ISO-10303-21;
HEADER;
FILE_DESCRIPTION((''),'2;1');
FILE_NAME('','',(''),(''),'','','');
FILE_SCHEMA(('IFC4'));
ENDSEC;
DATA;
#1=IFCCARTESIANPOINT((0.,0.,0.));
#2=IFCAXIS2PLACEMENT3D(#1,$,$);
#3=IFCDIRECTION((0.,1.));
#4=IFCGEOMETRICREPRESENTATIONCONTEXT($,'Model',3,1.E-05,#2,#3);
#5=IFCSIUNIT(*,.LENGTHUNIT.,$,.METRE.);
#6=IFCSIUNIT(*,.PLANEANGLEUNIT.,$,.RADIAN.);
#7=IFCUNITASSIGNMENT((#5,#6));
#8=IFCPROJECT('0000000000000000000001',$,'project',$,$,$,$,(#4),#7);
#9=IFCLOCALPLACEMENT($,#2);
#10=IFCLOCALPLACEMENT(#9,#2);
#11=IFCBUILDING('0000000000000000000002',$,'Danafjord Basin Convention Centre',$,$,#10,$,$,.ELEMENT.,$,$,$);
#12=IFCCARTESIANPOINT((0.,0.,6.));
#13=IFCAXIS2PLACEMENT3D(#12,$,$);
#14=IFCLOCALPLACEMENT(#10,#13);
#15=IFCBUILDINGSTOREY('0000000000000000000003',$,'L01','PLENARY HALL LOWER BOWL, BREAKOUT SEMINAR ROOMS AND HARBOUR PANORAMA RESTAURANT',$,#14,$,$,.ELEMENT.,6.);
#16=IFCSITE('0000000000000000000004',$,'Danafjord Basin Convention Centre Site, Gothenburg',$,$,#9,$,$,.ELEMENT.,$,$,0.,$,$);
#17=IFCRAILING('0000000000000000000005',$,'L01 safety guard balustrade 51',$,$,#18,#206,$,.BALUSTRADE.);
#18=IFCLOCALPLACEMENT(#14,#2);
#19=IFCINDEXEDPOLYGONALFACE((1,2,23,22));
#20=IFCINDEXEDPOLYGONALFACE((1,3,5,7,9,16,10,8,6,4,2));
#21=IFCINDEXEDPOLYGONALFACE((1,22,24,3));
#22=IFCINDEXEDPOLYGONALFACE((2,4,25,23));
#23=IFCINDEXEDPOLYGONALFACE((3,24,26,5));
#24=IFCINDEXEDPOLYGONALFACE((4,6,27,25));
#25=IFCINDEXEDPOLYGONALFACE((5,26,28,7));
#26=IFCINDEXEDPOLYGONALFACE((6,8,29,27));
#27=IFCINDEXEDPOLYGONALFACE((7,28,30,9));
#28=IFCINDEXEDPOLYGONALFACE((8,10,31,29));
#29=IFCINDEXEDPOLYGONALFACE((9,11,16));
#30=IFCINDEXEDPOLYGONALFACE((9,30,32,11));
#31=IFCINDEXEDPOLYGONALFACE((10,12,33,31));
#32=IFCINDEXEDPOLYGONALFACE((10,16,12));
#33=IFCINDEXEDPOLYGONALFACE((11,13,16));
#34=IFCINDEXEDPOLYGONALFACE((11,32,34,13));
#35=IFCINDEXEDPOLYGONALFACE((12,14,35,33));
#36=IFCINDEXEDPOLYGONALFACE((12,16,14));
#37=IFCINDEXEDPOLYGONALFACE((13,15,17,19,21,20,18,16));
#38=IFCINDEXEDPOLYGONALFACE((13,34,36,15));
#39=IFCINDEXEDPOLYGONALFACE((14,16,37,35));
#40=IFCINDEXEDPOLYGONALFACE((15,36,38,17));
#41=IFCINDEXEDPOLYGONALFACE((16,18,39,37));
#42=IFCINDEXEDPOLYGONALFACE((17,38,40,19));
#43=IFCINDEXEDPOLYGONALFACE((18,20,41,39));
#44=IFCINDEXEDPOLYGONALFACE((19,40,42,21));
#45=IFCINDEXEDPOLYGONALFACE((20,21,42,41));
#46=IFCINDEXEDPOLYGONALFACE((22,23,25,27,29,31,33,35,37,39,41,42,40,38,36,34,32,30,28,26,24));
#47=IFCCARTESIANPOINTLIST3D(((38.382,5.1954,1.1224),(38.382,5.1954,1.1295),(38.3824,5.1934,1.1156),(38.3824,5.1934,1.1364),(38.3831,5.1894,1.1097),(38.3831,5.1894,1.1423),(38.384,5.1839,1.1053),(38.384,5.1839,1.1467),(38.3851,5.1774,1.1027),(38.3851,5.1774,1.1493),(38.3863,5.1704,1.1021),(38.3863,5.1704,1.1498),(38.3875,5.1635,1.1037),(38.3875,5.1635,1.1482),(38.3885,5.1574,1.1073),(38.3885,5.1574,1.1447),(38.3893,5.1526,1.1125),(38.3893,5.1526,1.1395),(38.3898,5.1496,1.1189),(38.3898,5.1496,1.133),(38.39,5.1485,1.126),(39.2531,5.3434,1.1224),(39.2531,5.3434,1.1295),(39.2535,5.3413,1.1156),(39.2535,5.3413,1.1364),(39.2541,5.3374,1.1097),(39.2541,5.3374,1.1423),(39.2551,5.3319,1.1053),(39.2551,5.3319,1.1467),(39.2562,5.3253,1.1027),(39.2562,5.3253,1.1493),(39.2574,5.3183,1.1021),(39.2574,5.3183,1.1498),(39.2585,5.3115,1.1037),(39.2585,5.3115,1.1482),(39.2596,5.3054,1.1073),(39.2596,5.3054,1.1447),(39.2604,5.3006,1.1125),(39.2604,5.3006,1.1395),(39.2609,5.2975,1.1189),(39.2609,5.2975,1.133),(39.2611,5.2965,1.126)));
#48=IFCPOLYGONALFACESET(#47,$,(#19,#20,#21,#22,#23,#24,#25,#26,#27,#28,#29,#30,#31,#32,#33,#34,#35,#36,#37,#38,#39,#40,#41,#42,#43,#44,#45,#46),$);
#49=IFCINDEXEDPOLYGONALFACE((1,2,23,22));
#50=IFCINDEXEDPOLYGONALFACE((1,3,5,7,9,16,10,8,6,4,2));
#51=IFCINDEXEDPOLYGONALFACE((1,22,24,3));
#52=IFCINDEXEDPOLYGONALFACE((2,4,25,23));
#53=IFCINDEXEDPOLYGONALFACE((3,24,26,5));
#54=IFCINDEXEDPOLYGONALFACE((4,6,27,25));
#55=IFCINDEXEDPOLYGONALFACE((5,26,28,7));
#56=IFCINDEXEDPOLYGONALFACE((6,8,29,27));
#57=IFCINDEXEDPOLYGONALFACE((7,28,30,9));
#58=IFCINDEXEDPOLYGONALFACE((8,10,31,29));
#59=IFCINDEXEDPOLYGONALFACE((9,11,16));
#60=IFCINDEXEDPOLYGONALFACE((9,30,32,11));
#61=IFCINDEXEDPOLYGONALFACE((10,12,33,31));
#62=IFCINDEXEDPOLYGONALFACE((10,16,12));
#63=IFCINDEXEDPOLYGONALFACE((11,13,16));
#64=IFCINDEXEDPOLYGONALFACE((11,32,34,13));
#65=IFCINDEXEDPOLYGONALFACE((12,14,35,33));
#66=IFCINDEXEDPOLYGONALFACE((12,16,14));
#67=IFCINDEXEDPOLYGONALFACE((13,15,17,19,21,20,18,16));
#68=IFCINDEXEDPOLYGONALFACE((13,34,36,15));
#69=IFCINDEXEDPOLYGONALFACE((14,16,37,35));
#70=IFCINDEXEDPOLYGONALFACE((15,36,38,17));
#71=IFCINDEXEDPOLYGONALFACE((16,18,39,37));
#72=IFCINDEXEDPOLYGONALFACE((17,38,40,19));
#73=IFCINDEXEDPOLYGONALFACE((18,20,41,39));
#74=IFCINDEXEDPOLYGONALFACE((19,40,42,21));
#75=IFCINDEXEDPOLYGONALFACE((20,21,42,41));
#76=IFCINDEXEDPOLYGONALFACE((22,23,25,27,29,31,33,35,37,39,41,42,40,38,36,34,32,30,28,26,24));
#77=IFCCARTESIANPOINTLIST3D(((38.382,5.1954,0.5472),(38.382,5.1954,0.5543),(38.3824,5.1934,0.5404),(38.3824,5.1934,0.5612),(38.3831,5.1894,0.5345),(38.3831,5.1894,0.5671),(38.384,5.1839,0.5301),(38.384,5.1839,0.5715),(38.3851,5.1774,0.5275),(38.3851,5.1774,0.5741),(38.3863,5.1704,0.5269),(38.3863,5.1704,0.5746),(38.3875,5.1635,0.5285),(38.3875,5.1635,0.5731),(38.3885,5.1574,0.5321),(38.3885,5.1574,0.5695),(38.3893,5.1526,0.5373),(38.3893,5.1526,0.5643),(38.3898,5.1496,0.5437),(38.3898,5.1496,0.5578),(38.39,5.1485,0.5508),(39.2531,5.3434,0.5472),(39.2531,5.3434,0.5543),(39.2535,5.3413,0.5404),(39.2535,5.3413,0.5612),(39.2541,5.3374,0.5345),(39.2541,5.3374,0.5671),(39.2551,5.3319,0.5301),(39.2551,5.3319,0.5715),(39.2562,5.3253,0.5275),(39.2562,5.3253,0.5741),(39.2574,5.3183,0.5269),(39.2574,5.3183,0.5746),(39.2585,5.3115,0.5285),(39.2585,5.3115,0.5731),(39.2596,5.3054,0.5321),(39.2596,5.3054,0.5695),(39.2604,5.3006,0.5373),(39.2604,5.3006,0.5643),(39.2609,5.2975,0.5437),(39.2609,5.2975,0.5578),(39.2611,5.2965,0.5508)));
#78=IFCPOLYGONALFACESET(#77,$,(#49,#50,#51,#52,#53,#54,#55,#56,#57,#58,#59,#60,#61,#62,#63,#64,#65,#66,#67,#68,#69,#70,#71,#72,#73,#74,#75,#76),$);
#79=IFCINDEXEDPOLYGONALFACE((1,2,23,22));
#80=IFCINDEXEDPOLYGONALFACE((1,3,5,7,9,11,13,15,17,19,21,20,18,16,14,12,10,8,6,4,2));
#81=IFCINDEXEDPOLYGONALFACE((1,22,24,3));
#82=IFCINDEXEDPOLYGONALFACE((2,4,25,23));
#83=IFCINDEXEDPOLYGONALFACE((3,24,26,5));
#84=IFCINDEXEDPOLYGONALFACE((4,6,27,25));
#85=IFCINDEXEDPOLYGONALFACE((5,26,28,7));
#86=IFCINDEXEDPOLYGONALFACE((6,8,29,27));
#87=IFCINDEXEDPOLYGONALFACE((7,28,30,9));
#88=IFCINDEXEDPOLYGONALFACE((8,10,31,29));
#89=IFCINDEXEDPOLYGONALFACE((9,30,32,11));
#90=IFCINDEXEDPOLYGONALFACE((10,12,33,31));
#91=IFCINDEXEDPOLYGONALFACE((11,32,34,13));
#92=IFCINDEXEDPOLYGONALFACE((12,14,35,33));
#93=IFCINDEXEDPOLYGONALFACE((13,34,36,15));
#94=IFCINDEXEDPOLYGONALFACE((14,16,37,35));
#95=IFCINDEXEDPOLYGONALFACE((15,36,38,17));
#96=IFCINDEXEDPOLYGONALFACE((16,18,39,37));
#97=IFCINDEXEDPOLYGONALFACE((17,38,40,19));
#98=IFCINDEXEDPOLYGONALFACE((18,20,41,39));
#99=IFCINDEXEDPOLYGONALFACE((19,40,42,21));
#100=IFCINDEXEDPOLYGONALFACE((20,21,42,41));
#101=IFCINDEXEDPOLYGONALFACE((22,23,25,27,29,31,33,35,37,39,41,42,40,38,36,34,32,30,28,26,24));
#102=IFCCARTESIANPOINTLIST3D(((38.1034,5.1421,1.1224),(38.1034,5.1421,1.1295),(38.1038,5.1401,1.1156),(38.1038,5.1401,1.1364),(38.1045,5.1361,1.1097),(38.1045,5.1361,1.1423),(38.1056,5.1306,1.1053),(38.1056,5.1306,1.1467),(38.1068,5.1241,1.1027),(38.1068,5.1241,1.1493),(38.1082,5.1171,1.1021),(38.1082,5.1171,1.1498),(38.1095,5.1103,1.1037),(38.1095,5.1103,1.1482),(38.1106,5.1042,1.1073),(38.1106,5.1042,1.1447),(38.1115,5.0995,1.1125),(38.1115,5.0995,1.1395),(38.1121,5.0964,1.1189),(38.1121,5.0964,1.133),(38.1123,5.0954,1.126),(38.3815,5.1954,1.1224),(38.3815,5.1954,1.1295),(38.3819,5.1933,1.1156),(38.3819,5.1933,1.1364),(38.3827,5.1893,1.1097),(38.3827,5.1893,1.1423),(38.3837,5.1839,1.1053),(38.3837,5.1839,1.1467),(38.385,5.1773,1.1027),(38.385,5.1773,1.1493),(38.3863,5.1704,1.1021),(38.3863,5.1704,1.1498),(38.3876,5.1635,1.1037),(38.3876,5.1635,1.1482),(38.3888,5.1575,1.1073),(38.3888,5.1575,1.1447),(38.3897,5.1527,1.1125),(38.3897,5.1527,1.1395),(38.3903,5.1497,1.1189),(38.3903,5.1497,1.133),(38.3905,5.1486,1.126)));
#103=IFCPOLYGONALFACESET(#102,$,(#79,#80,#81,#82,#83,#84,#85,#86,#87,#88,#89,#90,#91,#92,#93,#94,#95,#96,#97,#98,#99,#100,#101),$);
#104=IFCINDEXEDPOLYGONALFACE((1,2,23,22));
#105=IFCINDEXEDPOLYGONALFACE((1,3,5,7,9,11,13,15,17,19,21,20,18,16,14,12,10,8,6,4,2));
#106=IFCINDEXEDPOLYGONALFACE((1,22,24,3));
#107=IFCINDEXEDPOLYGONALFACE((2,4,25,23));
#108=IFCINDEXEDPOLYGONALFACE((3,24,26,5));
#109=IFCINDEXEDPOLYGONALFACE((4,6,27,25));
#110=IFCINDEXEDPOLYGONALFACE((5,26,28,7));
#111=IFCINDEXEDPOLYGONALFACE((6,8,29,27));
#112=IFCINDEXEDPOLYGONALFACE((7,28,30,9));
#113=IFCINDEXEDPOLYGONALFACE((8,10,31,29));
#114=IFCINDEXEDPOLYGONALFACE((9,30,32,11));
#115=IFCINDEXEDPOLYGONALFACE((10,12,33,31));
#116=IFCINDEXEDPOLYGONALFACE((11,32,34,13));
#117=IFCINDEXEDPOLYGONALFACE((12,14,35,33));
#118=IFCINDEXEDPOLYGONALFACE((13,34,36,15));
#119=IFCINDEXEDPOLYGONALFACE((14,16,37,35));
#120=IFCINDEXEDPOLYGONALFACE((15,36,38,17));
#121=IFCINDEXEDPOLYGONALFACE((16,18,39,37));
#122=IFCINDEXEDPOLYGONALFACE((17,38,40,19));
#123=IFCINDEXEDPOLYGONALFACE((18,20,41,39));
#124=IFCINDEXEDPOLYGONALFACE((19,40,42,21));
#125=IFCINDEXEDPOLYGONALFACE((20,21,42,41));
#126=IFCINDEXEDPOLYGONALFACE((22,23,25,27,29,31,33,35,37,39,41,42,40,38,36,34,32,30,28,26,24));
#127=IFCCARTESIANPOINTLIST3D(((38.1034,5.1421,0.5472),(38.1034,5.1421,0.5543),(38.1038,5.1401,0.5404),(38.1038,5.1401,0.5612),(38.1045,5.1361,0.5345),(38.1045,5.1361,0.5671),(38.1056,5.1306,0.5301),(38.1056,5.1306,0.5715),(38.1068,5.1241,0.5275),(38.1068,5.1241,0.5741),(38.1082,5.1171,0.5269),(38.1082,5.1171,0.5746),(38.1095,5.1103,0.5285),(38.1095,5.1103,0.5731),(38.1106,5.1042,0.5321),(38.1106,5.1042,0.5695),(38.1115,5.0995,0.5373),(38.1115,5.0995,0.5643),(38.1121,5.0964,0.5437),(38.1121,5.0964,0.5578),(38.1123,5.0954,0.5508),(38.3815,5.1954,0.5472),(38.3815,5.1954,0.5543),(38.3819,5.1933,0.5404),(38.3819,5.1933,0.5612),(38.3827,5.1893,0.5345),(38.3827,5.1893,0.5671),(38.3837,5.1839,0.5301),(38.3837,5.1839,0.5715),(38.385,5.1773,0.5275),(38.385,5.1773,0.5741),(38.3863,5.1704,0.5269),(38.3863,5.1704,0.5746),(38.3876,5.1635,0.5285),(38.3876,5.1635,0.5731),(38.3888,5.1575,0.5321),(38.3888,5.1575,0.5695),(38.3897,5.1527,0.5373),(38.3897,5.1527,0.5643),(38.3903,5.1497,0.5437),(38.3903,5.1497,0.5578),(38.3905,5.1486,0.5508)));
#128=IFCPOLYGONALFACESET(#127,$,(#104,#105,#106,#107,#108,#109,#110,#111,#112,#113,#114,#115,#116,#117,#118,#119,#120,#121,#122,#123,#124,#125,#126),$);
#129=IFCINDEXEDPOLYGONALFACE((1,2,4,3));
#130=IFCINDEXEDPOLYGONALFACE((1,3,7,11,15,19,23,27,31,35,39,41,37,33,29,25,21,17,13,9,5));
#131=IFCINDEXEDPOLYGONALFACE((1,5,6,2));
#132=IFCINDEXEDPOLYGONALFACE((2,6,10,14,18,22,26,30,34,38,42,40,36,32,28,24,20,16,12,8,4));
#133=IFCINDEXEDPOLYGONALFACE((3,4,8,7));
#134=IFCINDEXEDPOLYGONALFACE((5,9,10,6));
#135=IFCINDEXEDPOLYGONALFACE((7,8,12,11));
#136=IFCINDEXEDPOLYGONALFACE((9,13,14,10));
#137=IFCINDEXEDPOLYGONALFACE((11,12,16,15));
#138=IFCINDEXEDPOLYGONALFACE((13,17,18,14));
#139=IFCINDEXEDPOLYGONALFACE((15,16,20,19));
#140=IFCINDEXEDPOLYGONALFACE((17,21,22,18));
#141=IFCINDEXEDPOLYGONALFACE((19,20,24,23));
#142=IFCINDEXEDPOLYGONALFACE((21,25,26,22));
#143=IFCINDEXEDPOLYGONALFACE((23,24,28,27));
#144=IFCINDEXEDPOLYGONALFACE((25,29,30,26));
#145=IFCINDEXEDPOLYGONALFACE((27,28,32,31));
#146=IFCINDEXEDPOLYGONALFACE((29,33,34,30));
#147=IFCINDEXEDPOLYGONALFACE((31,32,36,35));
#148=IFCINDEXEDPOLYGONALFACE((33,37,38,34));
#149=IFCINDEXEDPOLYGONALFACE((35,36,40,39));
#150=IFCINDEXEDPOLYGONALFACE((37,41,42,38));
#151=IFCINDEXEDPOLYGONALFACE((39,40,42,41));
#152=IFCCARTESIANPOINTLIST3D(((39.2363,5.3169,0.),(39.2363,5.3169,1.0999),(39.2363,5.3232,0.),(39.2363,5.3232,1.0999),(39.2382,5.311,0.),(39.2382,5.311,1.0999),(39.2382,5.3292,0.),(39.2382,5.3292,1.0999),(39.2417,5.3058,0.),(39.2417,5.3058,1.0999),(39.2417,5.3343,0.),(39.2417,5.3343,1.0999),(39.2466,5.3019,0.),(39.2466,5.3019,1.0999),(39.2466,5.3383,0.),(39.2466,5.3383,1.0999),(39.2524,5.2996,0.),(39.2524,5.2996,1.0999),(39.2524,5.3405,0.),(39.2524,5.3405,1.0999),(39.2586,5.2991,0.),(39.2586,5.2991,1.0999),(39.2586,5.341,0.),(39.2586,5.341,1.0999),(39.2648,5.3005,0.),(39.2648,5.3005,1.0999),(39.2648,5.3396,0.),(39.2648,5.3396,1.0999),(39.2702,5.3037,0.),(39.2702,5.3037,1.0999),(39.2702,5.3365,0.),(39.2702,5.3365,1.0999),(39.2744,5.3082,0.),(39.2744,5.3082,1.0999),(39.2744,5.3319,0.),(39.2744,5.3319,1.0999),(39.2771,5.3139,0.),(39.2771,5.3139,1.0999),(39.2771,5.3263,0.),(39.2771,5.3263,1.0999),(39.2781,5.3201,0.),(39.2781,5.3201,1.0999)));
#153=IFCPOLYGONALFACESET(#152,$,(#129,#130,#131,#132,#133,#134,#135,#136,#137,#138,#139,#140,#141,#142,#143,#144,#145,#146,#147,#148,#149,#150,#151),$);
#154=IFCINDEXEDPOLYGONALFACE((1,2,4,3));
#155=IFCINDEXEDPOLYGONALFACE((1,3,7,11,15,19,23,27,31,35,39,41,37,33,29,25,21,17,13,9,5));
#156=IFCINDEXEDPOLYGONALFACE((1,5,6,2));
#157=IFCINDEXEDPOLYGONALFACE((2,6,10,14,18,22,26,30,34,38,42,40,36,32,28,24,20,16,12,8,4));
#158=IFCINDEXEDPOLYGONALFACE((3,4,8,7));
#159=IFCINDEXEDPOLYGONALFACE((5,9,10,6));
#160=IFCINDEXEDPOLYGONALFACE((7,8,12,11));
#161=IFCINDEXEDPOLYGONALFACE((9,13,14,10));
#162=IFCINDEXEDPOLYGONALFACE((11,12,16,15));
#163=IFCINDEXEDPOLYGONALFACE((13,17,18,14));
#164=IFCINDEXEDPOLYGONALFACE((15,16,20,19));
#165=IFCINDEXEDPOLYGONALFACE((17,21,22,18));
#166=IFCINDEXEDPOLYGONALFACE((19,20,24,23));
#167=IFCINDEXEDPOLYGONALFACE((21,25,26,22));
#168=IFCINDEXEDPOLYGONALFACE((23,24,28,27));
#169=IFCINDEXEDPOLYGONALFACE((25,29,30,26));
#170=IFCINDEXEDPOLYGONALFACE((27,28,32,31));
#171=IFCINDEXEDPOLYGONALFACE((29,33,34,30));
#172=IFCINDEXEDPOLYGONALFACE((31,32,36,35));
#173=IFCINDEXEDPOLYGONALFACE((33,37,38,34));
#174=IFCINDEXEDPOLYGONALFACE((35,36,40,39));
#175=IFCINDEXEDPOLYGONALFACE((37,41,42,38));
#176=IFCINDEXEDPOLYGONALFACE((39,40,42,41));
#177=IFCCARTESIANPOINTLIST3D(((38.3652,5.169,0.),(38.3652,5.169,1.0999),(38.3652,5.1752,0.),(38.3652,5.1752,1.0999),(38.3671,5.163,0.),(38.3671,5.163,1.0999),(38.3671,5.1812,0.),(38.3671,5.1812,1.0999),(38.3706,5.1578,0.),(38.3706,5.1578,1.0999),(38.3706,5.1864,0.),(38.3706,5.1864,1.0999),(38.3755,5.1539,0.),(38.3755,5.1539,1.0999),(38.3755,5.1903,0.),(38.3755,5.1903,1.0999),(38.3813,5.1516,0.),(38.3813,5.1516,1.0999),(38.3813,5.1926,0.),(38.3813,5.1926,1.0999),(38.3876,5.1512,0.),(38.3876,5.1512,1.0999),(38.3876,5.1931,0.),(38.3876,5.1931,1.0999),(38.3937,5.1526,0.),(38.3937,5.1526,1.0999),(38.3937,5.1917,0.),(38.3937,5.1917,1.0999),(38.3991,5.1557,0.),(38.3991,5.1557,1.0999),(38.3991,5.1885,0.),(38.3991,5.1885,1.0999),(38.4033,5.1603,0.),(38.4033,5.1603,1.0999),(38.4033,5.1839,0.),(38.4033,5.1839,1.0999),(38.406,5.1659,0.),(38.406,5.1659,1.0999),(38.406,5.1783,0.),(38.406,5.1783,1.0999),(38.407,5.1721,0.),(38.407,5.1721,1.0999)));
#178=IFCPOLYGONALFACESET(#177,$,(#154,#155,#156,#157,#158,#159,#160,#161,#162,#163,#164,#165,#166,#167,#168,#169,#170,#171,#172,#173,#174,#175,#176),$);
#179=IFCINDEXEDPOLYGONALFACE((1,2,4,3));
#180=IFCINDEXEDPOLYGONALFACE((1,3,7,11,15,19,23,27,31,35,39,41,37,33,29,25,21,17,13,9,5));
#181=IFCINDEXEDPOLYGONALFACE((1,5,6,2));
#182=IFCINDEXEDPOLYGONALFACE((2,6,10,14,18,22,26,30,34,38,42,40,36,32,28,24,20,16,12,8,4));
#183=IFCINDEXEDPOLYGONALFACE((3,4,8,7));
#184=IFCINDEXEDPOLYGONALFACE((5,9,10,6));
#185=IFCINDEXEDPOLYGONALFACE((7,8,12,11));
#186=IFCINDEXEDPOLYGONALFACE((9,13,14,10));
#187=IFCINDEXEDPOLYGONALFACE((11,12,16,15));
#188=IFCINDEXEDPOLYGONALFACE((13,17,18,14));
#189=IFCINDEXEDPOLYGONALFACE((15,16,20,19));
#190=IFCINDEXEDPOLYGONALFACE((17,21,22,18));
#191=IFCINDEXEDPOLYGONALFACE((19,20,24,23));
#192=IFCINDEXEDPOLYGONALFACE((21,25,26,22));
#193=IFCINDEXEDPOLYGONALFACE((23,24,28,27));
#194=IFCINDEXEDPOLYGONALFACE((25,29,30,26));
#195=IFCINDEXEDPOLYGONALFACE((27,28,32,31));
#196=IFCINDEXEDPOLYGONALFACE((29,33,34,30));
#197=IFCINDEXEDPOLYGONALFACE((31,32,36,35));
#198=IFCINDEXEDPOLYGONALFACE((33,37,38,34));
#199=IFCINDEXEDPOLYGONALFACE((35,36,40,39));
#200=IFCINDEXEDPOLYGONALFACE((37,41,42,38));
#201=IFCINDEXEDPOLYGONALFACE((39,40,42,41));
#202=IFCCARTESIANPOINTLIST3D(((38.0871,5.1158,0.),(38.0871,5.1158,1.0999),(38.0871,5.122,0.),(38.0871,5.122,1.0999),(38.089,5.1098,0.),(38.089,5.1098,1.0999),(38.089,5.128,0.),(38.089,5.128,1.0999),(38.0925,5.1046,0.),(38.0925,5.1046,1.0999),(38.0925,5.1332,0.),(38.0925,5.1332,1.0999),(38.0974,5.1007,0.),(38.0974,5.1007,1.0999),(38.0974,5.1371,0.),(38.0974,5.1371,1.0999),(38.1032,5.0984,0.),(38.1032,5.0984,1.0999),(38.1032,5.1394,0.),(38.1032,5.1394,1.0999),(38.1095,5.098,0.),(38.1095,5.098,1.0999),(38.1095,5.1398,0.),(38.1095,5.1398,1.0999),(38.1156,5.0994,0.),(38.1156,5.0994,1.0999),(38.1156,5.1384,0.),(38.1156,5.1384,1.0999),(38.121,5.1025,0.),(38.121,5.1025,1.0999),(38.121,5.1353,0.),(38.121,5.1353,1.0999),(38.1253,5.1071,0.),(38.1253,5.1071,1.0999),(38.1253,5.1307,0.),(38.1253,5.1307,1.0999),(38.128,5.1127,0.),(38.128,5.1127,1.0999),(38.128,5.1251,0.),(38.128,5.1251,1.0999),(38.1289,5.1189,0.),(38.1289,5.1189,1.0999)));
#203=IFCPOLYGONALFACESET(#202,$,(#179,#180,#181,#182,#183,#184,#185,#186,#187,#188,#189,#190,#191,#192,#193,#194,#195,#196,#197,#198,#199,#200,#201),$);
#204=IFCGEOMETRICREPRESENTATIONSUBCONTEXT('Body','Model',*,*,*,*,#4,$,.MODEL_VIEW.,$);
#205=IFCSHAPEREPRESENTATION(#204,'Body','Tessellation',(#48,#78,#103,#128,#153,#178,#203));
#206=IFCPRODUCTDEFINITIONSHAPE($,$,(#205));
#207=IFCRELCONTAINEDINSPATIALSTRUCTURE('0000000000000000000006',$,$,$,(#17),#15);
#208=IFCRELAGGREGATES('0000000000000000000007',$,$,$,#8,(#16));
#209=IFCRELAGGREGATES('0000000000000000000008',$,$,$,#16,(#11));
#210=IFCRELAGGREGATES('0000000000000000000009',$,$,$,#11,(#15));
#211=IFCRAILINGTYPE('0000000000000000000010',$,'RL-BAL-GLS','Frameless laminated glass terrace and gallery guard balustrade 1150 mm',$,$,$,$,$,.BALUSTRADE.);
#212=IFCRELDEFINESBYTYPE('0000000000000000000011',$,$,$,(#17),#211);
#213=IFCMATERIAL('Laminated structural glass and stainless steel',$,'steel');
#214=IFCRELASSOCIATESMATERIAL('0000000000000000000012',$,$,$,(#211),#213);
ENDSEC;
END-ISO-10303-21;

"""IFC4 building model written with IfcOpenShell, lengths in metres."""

from ifc_helpers import new_model, si_unit, direction, frame, origin, origin_2d, place, context, subcontext, project, spatial, circle, extrude, material, type_object, element, save


model = new_model("IFC4")

# Units and contexts
model_context = context("Model", 3, precision=1e-05, world=origin(), true_north=direction((0.0, 1.0)))
body_context = subcontext(model_context, "Body", "Model", "MODEL_VIEW")
ifc_project = project(units=[si_unit("LENGTHUNIT", "METRE"), si_unit("PLANEANGLEUNIT", "RADIAN")], contexts=[model_context])

# Site, building, storey
site_placement = place(None, origin())
site = spatial("IfcSite", under=ifc_project, at=site_placement, Name="Danafjord Basin Convention Centre Site, Gothenburg", CompositionType="ELEMENT", RefElevation=0.0)
building_placement = place(site_placement, origin())
building = spatial("IfcBuilding", under=site, at=building_placement, Name="Danafjord Basin Convention Centre", CompositionType="ELEMENT")
storey_placement = place(building_placement, frame((0.0, 0.0, 6.0)))
storey = spatial("IfcBuildingStorey", under=building, at=storey_placement, Name="L01", Description="PLENARY HALL LOWER BOWL, BREAKOUT SEMINAR ROOMS AND HARBOUR PANORAMA RESTAURANT", CompositionType="ELEMENT", Elevation=6.0)

# Railing
ifc_material_1 = material(Name="Laminated structural glass and stainless steel", Category="steel")
railing_type_1 = type_object("IfcRailingType", Name="RL-BAL-GLS", Description="Frameless laminated glass terrace and gallery guard balustrade 1150 mm", PredefinedType="BALUSTRADE", material=ifc_material_1)
railing_1_placement = place(storey_placement, frame((39.2571, 5.3201, 0.0)))
element("IfcRailing", 1, at=railing_1_placement, inside=storey, type_object=railing_type_1, Name="L01 safety guard balustrade 51", PredefinedType="BALUSTRADE", context=body_context, shape_type="SweptSolid", body=[
    extrude(circle(Radius=0.0239, at=origin_2d()), frame((0.0, 0.0, 1.126), z_axis=(-0.985881, -0.167445, 0.0), x_axis=(0.167445, -0.985881, 0.0)), (0.0, 0.0, 1.0), 0.8835),
    extrude(circle(Radius=0.0239, at=origin_2d()), frame((0.0, 0.0, 0.5508), z_axis=(-0.985881, -0.167445, 0.0), x_axis=(0.167445, -0.985881, 0.0)), (0.0, 0.0, 1.0), 0.8835),
    extrude(circle(Radius=0.0239, at=origin_2d()), frame((-0.8711, -0.1479, 1.126), z_axis=(-0.982172, -0.187984, 0.0), x_axis=(0.187984, -0.982172, 0.0)), (0.0, 0.0, 1.0), 0.2832),
    extrude(circle(Radius=0.0239, at=origin_2d()), frame((-0.8711, -0.1479, 0.5508), z_axis=(-0.982172, -0.187984, 0.0), x_axis=(0.187984, -0.982172, 0.0)), (0.0, 0.0, 1.0), 0.2832),
    extrude(circle(Radius=0.021, at=origin_2d()), origin(), (0.0, 0.0, 1.0), 1.0999),
    extrude(circle(Radius=0.021, at=origin_2d()), frame((-0.8711, -0.1479, 0.0)), (0.0, 0.0, 1.0), 1.0999),
    extrude(circle(Radius=0.021, at=origin_2d()), frame((-1.1492, -0.2012, 0.0)), (0.0, 0.0, 1.0), 1.0999),
])

save(model, "model.ifc")
